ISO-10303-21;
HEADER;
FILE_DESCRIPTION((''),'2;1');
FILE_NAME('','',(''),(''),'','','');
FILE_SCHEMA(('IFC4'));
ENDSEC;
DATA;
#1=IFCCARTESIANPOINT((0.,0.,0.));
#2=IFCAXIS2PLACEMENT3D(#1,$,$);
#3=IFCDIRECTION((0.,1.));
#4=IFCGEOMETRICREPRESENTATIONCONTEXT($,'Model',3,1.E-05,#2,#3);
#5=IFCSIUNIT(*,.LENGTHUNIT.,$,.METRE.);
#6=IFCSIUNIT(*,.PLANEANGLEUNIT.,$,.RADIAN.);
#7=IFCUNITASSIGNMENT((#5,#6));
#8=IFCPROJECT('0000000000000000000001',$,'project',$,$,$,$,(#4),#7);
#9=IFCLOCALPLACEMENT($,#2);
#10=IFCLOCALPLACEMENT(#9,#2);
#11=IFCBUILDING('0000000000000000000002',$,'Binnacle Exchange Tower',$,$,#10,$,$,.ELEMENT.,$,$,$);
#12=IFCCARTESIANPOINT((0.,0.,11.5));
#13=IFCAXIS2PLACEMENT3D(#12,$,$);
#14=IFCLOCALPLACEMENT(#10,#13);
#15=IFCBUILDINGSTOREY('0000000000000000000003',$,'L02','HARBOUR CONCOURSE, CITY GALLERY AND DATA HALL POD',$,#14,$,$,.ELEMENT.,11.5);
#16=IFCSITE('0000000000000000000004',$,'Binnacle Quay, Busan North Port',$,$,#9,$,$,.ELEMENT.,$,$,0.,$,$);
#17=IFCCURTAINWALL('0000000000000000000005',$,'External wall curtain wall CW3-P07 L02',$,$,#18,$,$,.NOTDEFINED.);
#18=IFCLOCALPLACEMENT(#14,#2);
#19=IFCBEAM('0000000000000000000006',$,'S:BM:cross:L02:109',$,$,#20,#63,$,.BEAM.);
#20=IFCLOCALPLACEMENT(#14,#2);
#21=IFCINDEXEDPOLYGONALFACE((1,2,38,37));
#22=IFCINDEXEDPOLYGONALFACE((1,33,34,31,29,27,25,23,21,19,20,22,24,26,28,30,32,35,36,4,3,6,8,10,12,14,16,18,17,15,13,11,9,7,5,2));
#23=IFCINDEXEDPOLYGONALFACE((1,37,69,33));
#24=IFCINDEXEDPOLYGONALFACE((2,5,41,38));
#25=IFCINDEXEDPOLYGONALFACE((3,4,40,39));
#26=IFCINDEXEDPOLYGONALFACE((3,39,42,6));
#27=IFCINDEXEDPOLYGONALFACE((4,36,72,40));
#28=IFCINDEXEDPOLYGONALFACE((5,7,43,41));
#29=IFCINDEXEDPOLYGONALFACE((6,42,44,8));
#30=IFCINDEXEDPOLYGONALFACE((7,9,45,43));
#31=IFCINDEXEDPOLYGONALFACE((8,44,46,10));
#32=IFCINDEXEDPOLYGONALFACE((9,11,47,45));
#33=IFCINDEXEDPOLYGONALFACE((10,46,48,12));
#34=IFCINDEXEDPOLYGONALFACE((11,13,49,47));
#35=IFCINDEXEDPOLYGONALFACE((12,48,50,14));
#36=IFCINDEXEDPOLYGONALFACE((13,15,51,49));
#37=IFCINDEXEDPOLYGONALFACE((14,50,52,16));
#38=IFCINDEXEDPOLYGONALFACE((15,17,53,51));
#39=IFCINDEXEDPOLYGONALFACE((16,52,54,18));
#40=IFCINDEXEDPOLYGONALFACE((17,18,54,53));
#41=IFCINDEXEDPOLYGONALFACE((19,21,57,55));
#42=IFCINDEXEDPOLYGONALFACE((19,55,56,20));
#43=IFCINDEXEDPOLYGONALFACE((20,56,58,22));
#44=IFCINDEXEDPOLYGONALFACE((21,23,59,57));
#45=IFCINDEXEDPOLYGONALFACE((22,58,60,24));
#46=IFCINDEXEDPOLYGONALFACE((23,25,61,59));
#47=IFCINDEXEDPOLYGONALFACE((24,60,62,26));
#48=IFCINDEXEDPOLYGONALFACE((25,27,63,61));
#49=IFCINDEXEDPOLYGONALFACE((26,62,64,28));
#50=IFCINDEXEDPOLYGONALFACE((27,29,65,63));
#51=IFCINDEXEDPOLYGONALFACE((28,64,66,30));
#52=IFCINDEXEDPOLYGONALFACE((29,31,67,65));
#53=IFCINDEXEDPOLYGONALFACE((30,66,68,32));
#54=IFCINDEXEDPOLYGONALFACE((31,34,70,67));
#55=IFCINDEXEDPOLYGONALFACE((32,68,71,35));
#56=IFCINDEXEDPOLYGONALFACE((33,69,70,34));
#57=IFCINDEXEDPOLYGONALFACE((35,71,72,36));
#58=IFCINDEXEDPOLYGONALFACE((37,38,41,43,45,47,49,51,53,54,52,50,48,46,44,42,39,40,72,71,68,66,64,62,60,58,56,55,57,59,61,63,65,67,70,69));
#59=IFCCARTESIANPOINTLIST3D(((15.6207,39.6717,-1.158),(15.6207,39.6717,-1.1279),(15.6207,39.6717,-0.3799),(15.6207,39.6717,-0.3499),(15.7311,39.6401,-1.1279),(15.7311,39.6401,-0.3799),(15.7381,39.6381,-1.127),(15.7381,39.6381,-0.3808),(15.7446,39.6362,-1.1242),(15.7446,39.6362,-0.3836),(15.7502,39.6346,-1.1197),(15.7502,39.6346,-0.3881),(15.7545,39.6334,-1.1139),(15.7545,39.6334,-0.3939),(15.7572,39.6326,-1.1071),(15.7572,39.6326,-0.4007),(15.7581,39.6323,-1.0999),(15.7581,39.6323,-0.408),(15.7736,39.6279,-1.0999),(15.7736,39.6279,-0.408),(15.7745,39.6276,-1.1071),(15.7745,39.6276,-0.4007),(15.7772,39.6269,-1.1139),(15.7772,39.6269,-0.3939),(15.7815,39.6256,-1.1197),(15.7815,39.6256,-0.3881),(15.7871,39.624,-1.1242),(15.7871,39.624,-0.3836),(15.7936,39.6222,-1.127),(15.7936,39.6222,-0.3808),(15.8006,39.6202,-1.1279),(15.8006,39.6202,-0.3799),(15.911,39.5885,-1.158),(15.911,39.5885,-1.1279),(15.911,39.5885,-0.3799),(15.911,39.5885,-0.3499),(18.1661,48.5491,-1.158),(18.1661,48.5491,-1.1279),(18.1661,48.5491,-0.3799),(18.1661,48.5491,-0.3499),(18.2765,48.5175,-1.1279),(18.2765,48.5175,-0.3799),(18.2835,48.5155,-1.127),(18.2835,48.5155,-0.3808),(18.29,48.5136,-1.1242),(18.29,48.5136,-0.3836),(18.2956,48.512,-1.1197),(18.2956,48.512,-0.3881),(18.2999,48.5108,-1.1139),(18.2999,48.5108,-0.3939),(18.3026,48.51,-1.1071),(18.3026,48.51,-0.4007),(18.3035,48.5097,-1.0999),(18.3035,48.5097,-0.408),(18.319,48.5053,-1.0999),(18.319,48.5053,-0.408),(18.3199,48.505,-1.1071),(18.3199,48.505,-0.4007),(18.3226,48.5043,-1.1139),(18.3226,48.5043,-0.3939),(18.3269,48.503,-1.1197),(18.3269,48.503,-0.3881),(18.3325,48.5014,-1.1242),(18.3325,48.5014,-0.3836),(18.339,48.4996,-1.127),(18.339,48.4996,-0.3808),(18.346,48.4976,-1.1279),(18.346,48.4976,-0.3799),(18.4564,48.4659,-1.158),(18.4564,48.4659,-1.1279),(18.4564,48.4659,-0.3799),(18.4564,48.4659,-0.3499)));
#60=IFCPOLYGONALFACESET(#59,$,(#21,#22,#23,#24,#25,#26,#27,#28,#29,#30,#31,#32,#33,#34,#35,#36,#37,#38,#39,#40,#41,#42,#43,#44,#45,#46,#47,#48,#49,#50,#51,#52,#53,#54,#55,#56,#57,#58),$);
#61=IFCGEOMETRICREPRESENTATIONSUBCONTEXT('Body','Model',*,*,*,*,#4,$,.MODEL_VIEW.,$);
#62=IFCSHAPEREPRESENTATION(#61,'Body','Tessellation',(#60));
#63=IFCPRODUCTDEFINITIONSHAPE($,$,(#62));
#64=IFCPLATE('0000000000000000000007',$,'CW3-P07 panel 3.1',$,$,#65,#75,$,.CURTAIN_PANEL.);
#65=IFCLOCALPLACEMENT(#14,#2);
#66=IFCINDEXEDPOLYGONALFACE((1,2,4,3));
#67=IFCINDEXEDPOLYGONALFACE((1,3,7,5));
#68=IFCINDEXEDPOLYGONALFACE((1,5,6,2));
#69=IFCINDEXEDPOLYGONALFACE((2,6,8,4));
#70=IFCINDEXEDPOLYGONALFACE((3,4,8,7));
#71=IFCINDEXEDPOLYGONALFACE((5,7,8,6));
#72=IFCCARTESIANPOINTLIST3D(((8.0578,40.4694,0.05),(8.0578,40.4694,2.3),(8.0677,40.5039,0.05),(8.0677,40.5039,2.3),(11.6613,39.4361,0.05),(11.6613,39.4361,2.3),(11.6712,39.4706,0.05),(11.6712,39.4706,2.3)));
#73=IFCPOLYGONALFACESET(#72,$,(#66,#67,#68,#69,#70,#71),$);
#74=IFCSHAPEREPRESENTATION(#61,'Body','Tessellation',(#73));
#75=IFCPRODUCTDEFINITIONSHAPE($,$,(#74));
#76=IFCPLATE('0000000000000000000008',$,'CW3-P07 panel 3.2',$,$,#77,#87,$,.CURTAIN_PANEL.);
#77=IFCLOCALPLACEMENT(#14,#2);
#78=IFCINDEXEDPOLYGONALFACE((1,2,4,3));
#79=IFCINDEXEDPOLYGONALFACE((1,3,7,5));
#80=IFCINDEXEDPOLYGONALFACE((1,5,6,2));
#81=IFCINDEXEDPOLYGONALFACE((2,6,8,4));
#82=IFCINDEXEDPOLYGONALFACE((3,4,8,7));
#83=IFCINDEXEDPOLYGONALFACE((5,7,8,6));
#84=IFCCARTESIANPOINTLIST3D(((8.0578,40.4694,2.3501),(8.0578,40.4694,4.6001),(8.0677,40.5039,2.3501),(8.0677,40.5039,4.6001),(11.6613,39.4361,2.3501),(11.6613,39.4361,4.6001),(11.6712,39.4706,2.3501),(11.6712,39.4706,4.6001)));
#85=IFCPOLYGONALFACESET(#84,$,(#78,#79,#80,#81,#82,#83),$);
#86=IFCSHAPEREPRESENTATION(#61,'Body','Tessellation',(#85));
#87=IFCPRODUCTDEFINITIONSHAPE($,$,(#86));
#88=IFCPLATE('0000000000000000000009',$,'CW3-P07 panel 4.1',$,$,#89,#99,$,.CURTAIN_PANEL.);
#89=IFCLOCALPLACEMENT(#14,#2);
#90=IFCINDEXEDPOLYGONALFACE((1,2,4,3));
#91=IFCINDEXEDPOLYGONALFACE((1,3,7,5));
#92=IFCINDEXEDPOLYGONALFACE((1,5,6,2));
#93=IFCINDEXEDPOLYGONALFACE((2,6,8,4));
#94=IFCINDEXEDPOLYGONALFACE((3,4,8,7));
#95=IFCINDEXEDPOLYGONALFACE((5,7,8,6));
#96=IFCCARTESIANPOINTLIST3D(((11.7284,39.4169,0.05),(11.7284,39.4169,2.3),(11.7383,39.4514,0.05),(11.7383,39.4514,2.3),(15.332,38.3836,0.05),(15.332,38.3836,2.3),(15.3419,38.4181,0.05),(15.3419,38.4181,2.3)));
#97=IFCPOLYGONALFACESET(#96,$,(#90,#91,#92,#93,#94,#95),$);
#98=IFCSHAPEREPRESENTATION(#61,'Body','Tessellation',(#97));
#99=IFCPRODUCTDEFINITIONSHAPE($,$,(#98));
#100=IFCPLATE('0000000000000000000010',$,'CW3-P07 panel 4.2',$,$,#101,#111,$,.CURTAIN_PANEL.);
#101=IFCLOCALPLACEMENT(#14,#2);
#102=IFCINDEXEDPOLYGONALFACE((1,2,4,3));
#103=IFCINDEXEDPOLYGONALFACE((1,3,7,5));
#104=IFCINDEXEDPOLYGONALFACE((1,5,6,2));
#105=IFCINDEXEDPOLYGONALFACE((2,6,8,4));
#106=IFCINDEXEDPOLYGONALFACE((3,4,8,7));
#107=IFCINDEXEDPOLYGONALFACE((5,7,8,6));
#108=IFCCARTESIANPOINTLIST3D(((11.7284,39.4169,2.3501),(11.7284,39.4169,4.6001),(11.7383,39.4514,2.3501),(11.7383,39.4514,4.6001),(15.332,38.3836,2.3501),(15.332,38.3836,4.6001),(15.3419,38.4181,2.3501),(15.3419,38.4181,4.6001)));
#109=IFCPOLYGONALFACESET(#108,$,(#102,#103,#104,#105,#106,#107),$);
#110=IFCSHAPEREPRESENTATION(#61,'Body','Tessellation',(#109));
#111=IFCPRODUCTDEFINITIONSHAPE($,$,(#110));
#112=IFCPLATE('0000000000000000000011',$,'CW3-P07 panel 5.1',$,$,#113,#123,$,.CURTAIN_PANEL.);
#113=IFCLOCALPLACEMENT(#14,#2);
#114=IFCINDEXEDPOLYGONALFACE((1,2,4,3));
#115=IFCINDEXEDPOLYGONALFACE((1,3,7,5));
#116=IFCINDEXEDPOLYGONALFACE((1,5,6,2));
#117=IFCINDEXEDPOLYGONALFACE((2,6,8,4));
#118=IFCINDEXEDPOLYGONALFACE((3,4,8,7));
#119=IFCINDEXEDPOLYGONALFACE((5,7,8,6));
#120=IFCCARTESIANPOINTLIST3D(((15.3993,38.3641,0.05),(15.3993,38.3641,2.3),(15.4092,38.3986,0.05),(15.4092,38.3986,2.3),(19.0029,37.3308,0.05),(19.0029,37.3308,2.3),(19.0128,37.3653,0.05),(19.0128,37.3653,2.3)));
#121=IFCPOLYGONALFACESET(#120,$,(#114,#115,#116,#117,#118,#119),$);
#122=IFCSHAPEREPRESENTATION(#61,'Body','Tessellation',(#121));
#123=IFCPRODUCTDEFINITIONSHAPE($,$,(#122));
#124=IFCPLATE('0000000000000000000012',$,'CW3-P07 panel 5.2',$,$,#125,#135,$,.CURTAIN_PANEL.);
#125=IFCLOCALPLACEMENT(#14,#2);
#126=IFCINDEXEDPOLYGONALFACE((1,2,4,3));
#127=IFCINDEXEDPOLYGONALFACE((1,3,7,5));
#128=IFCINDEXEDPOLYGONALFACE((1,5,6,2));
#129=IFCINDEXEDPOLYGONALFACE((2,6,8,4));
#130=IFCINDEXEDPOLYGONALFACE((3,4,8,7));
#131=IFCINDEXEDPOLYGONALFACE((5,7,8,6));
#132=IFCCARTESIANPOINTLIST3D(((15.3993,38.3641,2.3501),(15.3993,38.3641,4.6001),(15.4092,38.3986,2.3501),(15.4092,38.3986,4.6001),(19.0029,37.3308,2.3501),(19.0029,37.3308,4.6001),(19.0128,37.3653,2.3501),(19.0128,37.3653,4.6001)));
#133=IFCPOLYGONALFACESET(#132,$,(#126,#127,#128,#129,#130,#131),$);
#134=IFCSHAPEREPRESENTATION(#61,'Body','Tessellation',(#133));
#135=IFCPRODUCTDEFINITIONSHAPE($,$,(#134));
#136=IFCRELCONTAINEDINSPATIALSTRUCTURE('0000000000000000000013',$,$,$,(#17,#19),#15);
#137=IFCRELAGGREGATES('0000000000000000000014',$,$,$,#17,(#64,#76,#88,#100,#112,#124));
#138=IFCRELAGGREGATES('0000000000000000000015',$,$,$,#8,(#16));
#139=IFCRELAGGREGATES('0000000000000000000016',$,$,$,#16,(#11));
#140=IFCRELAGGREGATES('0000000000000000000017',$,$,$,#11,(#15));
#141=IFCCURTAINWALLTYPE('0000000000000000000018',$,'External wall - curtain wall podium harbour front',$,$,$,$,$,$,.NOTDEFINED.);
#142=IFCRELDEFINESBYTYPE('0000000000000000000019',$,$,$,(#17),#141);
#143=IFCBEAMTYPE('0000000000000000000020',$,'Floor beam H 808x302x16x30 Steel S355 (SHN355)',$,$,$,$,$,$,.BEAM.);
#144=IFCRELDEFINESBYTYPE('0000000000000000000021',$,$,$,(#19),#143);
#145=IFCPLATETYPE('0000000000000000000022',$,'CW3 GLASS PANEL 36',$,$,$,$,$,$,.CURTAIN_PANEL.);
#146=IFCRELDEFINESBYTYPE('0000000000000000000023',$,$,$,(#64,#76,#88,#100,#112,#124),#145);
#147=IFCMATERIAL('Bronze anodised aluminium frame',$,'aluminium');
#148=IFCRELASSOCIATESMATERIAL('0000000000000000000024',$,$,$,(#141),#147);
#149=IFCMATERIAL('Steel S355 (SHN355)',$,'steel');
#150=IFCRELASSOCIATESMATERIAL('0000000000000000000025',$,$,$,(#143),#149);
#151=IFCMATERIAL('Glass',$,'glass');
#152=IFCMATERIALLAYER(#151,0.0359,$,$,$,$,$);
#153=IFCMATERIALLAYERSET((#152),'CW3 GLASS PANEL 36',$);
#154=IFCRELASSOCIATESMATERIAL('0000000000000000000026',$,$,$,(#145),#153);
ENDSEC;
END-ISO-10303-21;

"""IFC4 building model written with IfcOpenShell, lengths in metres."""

from ifc_helpers import new_model, si_unit, direction, frame, origin, origin_2d, place, context, subcontext, project, spatial, rectangle, i_section, extrude, material, layer, layer_set, material_profile, profile_set, type_object, element, aggregate, save


model = new_model("IFC4")

# Units and contexts
model_context = context("Model", 3, precision=1e-05, world=origin(), true_north=direction((0.0, 1.0)))
body_context = subcontext(model_context, "Body", "Model", "MODEL_VIEW")
ifc_project = project(units=[si_unit("LENGTHUNIT", "METRE"), si_unit("PLANEANGLEUNIT", "RADIAN")], contexts=[model_context])

# Site, building, storey
site_placement = place(None, origin())
site = spatial("IfcSite", under=ifc_project, at=site_placement, Name="Binnacle Quay, Busan North Port", CompositionType="ELEMENT", RefElevation=0.0)
building_placement = place(site_placement, origin())
building = spatial("IfcBuilding", under=site, at=building_placement, Name="Binnacle Exchange Tower", CompositionType="ELEMENT")
storey_placement = place(building_placement, frame((0.0, 0.0, 11.5)))
storey = spatial("IfcBuildingStorey", under=building, at=storey_placement, Name="L02", Description="HARBOUR CONCOURSE, CITY GALLERY AND DATA HALL POD", CompositionType="ELEMENT", Elevation=11.5)

# Curtain wall
ifc_material_1 = material(Name="Bronze anodised aluminium frame", Category="aluminium")
curtain_wall_type = type_object("IfcCurtainWallType", Name="External wall - curtain wall podium harbour front", PredefinedType="NOTDEFINED", material=ifc_material_1)
curtain_wall_placement = place(storey_placement, origin())
curtain_wall = element("IfcCurtainWall", 1, at=curtain_wall_placement, inside=storey, type_object=curtain_wall_type, Name="External wall curtain wall CW3-P07 L02", PredefinedType="NOTDEFINED")

# Beam
ifc_material_2 = material(Name="Steel S355 (SHN355)", Category="steel")
ifc_material_profile_1 = material_profile(ifc_material_2, i_section(OverallWidth=0.302, OverallDepth=0.8081, WebThickness=0.0161, FlangeThickness=0.03, FilletRadius=0.0281, at=origin_2d()), Name="H 808x302x16x30")
ifc_profile_set_1 = profile_set([ifc_material_profile_1], Name="Steel S355 (SHN355)")
beam_type_1 = type_object("IfcBeamType", Name="Floor beam H 808x302x16x30 Steel S355 (SHN355)", PredefinedType="BEAM", material=ifc_profile_set_1)
beam_1_placement = place(storey_placement, frame((15.7659, 39.6301, -0.7539), z_axis=(0.275622, 0.961266, 0.0), x_axis=(-0.961266, 0.275622, 0.0)))
element("IfcBeam", 2, at=beam_1_placement, inside=storey, type_object=beam_type_1, Name="S:BM:cross:L02:109", PredefinedType="BEAM", context=body_context, shape_type="SweptSolid", body=[
    extrude(i_section(OverallWidth=0.302, OverallDepth=0.8081, WebThickness=0.0161, FlangeThickness=0.03, FilletRadius=0.0281, at=origin_2d()), origin(), (0.0, 0.0, 1.0), 9.2351),
])

# Plates
ifc_material_3 = material(Name="Glass", Category="glass")
ifc_layer = layer(ifc_material_3, 0.0359)
ifc_layer_set = layer_set([ifc_layer], Name="CW3 GLASS PANEL 36")
plate_type = type_object("IfcPlateType", Name="CW3 GLASS PANEL 36", PredefinedType="CURTAIN_PANEL", material=ifc_layer_set)
plate_1_placement = place(storey_placement, frame((9.8645, 39.97, 0.05), z_axis=(0.0, 0.0, 1.0), x_axis=(0.961262, -0.275637, 0.0)))
plate_1 = element("IfcPlate", 3, at=plate_1_placement, type_object=plate_type, Name="CW3-P07 panel 3.1", PredefinedType="CURTAIN_PANEL", context=body_context, shape_type="SweptSolid", body=[
    extrude(rectangle(XDim=3.7488, YDim=0.0359, at=origin_2d()), origin(), (0.0, 0.0, 1.0), 2.25),
])
plate_2_placement = place(storey_placement, frame((9.8645, 39.97, 2.3501), z_axis=(0.0, 0.0, 1.0), x_axis=(0.961262, -0.275637, 0.0)))
plate_2 = element("IfcPlate", 4, at=plate_2_placement, type_object=plate_type, Name="CW3-P07 panel 3.2", PredefinedType="CURTAIN_PANEL", context=body_context, shape_type="SweptSolid", body=[
    extrude(rectangle(XDim=3.7488, YDim=0.0359, at=origin_2d()), origin(), (0.0, 0.0, 1.0), 2.25),
])
plate_3_placement = place(storey_placement, frame((13.5352, 38.9175, 0.05), z_axis=(0.0, 0.0, 1.0), x_axis=(0.961262, -0.275637, 0.0)))
plate_3 = element("IfcPlate", 5, at=plate_3_placement, type_object=plate_type, Name="CW3-P07 panel 4.1", PredefinedType="CURTAIN_PANEL", context=body_context, shape_type="SweptSolid", body=[
    extrude(rectangle(XDim=3.7488, YDim=0.0359, at=origin_2d()), origin(), (0.0, 0.0, 1.0), 2.25),
])
plate_4_placement = place(storey_placement, frame((13.5352, 38.9175, 2.3501), z_axis=(0.0, 0.0, 1.0), x_axis=(0.961262, -0.275637, 0.0)))
plate_4 = element("IfcPlate", 6, at=plate_4_placement, type_object=plate_type, Name="CW3-P07 panel 4.2", PredefinedType="CURTAIN_PANEL", context=body_context, shape_type="SweptSolid", body=[
    extrude(rectangle(XDim=3.7488, YDim=0.0359, at=origin_2d()), origin(), (0.0, 0.0, 1.0), 2.25),
])
plate_5_placement = place(storey_placement, frame((17.2061, 37.8647, 0.05), z_axis=(0.0, 0.0, 1.0), x_axis=(0.961262, -0.275637, 0.0)))
plate_5 = element("IfcPlate", 7, at=plate_5_placement, type_object=plate_type, Name="CW3-P07 panel 5.1", PredefinedType="CURTAIN_PANEL", context=body_context, shape_type="SweptSolid", body=[
    extrude(rectangle(XDim=3.7488, YDim=0.0359, at=origin_2d()), origin(), (0.0, 0.0, 1.0), 2.25),
])
plate_6_placement = place(storey_placement, frame((17.2061, 37.8647, 2.3501), z_axis=(0.0, 0.0, 1.0), x_axis=(0.961262, -0.275637, 0.0)))
plate_6 = element("IfcPlate", 8, at=plate_6_placement, type_object=plate_type, Name="CW3-P07 panel 5.2", PredefinedType="CURTAIN_PANEL", context=body_context, shape_type="SweptSolid", body=[
    extrude(rectangle(XDim=3.7488, YDim=0.0359, at=origin_2d()), origin(), (0.0, 0.0, 1.0), 2.25),
])
aggregate(curtain_wall, [plate_1, plate_2, plate_3, plate_4, plate_5, plate_6])

save(model, "model.ifc")
